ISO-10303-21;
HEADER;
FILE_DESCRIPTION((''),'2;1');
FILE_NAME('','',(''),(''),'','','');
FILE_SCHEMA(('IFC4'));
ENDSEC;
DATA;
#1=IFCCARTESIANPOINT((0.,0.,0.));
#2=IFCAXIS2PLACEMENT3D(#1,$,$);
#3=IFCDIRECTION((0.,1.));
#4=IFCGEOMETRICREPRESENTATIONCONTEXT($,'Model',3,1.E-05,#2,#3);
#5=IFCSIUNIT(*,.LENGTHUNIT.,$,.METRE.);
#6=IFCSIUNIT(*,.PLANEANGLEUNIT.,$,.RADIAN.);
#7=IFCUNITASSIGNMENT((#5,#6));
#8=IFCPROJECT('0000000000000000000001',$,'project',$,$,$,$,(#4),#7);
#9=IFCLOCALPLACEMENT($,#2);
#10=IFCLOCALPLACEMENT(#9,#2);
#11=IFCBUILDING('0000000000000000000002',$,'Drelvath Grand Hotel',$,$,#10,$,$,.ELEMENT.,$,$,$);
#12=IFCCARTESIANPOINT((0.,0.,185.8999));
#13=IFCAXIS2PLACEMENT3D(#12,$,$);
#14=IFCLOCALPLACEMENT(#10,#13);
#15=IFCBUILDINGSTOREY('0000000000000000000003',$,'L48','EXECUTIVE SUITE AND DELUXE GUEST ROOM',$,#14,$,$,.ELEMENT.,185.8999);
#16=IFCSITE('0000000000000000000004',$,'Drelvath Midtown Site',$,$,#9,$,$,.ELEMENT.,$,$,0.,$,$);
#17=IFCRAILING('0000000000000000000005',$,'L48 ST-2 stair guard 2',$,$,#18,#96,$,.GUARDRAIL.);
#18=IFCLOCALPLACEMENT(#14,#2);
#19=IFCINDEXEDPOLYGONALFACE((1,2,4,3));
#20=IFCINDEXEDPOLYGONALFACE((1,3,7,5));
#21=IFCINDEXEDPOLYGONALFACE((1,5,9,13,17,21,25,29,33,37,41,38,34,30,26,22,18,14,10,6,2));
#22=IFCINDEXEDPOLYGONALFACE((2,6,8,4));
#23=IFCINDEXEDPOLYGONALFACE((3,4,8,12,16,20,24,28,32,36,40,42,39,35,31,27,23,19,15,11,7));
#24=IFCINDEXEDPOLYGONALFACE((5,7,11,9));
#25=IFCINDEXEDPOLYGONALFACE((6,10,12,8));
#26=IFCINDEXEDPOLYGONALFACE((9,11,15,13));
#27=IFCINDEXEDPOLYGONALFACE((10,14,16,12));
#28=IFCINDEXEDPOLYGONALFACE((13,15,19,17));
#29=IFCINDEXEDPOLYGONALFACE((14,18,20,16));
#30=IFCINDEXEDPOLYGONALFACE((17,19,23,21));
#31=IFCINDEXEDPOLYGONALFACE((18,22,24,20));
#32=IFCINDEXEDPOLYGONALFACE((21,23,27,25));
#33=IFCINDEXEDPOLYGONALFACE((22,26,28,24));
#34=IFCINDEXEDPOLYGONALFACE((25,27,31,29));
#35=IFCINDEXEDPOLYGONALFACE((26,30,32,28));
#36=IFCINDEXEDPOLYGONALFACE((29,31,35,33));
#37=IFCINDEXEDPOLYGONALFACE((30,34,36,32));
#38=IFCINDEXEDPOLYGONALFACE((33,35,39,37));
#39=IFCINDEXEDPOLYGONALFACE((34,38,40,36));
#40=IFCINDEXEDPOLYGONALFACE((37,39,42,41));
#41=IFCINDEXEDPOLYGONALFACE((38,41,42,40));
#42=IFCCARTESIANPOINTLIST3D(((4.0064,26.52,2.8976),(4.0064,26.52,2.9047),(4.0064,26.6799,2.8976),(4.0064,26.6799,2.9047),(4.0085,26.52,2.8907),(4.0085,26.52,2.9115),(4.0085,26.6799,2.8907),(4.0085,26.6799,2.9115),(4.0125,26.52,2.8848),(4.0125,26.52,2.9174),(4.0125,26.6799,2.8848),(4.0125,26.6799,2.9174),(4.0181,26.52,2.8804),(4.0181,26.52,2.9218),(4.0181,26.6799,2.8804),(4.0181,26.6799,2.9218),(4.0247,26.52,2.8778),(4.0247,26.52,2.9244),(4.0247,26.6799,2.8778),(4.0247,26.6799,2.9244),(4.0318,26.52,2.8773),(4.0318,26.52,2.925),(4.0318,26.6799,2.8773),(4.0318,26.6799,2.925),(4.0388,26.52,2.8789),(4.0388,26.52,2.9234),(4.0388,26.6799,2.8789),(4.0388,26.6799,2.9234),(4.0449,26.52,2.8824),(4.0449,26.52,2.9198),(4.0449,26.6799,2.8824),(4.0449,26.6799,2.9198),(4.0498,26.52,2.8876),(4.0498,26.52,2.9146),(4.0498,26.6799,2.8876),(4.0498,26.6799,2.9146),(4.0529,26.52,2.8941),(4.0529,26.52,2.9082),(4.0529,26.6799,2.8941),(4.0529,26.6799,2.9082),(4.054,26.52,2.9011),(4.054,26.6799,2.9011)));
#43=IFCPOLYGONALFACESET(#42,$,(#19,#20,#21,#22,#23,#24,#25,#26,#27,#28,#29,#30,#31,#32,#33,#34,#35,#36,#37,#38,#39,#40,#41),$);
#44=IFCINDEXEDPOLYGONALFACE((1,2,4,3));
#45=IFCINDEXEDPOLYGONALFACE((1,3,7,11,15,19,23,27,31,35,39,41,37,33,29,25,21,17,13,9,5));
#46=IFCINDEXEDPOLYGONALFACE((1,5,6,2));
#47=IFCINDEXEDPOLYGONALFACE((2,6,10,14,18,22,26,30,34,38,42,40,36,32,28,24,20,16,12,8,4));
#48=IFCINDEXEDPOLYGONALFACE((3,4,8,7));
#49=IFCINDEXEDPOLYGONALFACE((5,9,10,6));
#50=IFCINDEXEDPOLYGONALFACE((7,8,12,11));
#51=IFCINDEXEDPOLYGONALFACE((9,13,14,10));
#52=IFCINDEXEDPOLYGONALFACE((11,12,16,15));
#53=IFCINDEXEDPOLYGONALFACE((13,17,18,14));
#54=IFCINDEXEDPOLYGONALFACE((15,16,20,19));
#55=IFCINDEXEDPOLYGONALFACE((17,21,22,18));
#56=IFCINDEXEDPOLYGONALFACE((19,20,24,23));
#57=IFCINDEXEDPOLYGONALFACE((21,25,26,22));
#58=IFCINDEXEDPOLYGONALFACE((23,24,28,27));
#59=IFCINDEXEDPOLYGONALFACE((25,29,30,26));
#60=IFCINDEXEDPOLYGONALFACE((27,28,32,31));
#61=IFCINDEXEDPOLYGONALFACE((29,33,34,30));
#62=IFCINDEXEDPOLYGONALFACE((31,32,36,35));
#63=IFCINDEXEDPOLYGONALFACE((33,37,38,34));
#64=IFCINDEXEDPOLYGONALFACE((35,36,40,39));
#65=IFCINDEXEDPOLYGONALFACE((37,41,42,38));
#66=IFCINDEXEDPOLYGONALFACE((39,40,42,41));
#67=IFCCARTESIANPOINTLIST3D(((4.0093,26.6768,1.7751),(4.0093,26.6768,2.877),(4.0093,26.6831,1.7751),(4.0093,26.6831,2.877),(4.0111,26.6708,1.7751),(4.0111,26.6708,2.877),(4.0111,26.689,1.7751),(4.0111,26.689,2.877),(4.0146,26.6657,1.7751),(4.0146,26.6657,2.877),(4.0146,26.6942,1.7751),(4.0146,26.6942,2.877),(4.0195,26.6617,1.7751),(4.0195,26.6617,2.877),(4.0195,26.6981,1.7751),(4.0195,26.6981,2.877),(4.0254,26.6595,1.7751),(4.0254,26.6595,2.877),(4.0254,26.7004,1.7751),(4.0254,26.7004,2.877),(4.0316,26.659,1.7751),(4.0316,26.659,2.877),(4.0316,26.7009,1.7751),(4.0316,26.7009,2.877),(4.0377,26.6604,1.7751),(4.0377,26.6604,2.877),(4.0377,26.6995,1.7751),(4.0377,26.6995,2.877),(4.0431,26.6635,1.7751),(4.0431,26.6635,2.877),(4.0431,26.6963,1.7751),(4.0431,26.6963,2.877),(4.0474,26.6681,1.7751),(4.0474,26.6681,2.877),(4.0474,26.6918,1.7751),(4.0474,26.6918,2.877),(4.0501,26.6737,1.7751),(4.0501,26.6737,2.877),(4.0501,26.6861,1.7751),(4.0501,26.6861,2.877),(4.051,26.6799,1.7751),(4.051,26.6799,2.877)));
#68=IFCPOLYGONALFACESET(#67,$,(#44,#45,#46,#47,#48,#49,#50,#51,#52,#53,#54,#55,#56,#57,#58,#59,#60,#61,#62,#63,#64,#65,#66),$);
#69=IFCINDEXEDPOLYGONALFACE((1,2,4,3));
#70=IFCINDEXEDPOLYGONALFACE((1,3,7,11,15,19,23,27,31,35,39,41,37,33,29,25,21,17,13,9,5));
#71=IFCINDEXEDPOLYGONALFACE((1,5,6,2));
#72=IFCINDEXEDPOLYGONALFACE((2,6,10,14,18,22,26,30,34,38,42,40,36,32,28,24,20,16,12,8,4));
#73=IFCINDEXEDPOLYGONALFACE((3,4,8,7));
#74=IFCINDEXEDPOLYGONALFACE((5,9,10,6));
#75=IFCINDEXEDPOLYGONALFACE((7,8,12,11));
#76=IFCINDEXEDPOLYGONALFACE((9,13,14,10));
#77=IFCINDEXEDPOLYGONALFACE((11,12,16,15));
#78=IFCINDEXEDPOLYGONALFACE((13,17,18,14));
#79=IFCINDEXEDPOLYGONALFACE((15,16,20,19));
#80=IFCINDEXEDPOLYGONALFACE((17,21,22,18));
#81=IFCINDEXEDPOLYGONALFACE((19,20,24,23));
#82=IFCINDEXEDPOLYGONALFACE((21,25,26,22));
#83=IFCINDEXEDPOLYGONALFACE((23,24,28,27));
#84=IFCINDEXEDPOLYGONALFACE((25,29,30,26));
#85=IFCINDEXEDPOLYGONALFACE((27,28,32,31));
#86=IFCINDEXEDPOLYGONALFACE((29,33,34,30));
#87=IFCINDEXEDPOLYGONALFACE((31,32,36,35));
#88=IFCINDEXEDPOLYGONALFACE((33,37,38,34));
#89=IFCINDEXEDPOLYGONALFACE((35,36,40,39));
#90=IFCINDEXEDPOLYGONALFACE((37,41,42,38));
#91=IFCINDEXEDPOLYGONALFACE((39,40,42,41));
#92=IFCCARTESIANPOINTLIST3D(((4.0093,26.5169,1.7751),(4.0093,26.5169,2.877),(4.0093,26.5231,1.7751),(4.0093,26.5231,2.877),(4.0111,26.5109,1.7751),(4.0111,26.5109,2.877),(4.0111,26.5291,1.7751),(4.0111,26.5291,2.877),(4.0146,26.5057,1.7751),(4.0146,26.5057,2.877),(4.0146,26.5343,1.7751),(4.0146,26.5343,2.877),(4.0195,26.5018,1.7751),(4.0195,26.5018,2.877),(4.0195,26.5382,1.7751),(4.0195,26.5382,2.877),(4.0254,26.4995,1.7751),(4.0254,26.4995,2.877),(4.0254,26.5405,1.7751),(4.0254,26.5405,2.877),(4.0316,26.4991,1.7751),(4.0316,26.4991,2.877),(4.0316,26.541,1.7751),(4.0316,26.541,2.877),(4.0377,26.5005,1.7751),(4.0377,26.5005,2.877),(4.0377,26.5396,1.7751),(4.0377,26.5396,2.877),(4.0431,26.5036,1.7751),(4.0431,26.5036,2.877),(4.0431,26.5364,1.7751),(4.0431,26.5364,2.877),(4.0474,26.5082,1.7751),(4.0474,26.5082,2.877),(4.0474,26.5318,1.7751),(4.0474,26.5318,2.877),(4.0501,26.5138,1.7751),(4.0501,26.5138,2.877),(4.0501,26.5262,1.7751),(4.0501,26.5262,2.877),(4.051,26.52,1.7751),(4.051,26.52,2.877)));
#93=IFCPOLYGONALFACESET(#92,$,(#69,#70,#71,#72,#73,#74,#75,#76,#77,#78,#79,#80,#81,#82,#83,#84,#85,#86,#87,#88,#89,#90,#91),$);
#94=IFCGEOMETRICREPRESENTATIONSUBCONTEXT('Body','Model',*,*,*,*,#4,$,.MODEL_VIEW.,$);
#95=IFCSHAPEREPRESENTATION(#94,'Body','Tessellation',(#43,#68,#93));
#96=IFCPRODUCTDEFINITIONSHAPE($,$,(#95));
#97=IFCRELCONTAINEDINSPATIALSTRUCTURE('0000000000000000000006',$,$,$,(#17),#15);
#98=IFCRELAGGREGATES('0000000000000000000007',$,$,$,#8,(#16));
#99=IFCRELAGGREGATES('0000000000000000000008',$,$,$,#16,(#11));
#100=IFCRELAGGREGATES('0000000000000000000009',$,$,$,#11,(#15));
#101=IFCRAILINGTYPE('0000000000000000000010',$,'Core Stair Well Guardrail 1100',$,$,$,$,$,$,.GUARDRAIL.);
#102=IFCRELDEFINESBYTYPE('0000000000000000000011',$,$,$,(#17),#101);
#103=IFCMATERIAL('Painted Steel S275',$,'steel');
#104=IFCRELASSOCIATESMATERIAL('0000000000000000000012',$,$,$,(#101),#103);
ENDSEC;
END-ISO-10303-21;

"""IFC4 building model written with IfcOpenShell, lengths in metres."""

from ifc_helpers import new_model, si_unit, direction, frame, origin, origin_2d, place, context, subcontext, project, spatial, circle, extrude, material, type_object, element, save


model = new_model("IFC4")

# Units and contexts
model_context = context("Model", 3, precision=1e-05, world=origin(), true_north=direction((0.0, 1.0)))
body_context = subcontext(model_context, "Body", "Model", "MODEL_VIEW")
ifc_project = project(units=[si_unit("LENGTHUNIT", "METRE"), si_unit("PLANEANGLEUNIT", "RADIAN")], contexts=[model_context])

# Site, building, storey
site_placement = place(None, origin())
site = spatial("IfcSite", under=ifc_project, at=site_placement, Name="Drelvath Midtown Site", CompositionType="ELEMENT", RefElevation=0.0)
building_placement = place(site_placement, origin())
building = spatial("IfcBuilding", under=site, at=building_placement, Name="Drelvath Grand Hotel", CompositionType="ELEMENT")
storey_placement = place(building_placement, frame((0.0, 0.0, 185.8999)))
storey = spatial("IfcBuildingStorey", under=building, at=storey_placement, Name="L48", Description="EXECUTIVE SUITE AND DELUXE GUEST ROOM", CompositionType="ELEMENT", Elevation=185.8999)

# Railing
ifc_material_1 = material(Name="Painted Steel S275", Category="steel")
railing_type_1 = type_object("IfcRailingType", Name="Core Stair Well Guardrail 1100", PredefinedType="GUARDRAIL", material=ifc_material_1)
railing_1_placement = place(storey_placement, frame((4.03, 26.6799, 1.7751)))
element("IfcRailing", 1, at=railing_1_placement, inside=storey, type_object=railing_type_1, Name="L48 ST-2 stair guard 2", PredefinedType="GUARDRAIL", context=body_context, shape_type="SweptSolid", body=[
    extrude(circle(Radius=0.0239, at=origin_2d()), frame((0.0, 0.0, 1.126), z_axis=(0.0, -1.0, 0.0), x_axis=(1.0, 0.0, 0.0)), (0.0, 0.0, 1.0), 0.1599),
    extrude(circle(Radius=0.021, at=origin_2d()), origin(), (0.0, 0.0, 1.0), 1.1018),
    extrude(circle(Radius=0.021, at=origin_2d()), frame((0.0, -0.1599, 0.0)), (0.0, 0.0, 1.0), 1.1018),
])

save(model, "model.ifc")
